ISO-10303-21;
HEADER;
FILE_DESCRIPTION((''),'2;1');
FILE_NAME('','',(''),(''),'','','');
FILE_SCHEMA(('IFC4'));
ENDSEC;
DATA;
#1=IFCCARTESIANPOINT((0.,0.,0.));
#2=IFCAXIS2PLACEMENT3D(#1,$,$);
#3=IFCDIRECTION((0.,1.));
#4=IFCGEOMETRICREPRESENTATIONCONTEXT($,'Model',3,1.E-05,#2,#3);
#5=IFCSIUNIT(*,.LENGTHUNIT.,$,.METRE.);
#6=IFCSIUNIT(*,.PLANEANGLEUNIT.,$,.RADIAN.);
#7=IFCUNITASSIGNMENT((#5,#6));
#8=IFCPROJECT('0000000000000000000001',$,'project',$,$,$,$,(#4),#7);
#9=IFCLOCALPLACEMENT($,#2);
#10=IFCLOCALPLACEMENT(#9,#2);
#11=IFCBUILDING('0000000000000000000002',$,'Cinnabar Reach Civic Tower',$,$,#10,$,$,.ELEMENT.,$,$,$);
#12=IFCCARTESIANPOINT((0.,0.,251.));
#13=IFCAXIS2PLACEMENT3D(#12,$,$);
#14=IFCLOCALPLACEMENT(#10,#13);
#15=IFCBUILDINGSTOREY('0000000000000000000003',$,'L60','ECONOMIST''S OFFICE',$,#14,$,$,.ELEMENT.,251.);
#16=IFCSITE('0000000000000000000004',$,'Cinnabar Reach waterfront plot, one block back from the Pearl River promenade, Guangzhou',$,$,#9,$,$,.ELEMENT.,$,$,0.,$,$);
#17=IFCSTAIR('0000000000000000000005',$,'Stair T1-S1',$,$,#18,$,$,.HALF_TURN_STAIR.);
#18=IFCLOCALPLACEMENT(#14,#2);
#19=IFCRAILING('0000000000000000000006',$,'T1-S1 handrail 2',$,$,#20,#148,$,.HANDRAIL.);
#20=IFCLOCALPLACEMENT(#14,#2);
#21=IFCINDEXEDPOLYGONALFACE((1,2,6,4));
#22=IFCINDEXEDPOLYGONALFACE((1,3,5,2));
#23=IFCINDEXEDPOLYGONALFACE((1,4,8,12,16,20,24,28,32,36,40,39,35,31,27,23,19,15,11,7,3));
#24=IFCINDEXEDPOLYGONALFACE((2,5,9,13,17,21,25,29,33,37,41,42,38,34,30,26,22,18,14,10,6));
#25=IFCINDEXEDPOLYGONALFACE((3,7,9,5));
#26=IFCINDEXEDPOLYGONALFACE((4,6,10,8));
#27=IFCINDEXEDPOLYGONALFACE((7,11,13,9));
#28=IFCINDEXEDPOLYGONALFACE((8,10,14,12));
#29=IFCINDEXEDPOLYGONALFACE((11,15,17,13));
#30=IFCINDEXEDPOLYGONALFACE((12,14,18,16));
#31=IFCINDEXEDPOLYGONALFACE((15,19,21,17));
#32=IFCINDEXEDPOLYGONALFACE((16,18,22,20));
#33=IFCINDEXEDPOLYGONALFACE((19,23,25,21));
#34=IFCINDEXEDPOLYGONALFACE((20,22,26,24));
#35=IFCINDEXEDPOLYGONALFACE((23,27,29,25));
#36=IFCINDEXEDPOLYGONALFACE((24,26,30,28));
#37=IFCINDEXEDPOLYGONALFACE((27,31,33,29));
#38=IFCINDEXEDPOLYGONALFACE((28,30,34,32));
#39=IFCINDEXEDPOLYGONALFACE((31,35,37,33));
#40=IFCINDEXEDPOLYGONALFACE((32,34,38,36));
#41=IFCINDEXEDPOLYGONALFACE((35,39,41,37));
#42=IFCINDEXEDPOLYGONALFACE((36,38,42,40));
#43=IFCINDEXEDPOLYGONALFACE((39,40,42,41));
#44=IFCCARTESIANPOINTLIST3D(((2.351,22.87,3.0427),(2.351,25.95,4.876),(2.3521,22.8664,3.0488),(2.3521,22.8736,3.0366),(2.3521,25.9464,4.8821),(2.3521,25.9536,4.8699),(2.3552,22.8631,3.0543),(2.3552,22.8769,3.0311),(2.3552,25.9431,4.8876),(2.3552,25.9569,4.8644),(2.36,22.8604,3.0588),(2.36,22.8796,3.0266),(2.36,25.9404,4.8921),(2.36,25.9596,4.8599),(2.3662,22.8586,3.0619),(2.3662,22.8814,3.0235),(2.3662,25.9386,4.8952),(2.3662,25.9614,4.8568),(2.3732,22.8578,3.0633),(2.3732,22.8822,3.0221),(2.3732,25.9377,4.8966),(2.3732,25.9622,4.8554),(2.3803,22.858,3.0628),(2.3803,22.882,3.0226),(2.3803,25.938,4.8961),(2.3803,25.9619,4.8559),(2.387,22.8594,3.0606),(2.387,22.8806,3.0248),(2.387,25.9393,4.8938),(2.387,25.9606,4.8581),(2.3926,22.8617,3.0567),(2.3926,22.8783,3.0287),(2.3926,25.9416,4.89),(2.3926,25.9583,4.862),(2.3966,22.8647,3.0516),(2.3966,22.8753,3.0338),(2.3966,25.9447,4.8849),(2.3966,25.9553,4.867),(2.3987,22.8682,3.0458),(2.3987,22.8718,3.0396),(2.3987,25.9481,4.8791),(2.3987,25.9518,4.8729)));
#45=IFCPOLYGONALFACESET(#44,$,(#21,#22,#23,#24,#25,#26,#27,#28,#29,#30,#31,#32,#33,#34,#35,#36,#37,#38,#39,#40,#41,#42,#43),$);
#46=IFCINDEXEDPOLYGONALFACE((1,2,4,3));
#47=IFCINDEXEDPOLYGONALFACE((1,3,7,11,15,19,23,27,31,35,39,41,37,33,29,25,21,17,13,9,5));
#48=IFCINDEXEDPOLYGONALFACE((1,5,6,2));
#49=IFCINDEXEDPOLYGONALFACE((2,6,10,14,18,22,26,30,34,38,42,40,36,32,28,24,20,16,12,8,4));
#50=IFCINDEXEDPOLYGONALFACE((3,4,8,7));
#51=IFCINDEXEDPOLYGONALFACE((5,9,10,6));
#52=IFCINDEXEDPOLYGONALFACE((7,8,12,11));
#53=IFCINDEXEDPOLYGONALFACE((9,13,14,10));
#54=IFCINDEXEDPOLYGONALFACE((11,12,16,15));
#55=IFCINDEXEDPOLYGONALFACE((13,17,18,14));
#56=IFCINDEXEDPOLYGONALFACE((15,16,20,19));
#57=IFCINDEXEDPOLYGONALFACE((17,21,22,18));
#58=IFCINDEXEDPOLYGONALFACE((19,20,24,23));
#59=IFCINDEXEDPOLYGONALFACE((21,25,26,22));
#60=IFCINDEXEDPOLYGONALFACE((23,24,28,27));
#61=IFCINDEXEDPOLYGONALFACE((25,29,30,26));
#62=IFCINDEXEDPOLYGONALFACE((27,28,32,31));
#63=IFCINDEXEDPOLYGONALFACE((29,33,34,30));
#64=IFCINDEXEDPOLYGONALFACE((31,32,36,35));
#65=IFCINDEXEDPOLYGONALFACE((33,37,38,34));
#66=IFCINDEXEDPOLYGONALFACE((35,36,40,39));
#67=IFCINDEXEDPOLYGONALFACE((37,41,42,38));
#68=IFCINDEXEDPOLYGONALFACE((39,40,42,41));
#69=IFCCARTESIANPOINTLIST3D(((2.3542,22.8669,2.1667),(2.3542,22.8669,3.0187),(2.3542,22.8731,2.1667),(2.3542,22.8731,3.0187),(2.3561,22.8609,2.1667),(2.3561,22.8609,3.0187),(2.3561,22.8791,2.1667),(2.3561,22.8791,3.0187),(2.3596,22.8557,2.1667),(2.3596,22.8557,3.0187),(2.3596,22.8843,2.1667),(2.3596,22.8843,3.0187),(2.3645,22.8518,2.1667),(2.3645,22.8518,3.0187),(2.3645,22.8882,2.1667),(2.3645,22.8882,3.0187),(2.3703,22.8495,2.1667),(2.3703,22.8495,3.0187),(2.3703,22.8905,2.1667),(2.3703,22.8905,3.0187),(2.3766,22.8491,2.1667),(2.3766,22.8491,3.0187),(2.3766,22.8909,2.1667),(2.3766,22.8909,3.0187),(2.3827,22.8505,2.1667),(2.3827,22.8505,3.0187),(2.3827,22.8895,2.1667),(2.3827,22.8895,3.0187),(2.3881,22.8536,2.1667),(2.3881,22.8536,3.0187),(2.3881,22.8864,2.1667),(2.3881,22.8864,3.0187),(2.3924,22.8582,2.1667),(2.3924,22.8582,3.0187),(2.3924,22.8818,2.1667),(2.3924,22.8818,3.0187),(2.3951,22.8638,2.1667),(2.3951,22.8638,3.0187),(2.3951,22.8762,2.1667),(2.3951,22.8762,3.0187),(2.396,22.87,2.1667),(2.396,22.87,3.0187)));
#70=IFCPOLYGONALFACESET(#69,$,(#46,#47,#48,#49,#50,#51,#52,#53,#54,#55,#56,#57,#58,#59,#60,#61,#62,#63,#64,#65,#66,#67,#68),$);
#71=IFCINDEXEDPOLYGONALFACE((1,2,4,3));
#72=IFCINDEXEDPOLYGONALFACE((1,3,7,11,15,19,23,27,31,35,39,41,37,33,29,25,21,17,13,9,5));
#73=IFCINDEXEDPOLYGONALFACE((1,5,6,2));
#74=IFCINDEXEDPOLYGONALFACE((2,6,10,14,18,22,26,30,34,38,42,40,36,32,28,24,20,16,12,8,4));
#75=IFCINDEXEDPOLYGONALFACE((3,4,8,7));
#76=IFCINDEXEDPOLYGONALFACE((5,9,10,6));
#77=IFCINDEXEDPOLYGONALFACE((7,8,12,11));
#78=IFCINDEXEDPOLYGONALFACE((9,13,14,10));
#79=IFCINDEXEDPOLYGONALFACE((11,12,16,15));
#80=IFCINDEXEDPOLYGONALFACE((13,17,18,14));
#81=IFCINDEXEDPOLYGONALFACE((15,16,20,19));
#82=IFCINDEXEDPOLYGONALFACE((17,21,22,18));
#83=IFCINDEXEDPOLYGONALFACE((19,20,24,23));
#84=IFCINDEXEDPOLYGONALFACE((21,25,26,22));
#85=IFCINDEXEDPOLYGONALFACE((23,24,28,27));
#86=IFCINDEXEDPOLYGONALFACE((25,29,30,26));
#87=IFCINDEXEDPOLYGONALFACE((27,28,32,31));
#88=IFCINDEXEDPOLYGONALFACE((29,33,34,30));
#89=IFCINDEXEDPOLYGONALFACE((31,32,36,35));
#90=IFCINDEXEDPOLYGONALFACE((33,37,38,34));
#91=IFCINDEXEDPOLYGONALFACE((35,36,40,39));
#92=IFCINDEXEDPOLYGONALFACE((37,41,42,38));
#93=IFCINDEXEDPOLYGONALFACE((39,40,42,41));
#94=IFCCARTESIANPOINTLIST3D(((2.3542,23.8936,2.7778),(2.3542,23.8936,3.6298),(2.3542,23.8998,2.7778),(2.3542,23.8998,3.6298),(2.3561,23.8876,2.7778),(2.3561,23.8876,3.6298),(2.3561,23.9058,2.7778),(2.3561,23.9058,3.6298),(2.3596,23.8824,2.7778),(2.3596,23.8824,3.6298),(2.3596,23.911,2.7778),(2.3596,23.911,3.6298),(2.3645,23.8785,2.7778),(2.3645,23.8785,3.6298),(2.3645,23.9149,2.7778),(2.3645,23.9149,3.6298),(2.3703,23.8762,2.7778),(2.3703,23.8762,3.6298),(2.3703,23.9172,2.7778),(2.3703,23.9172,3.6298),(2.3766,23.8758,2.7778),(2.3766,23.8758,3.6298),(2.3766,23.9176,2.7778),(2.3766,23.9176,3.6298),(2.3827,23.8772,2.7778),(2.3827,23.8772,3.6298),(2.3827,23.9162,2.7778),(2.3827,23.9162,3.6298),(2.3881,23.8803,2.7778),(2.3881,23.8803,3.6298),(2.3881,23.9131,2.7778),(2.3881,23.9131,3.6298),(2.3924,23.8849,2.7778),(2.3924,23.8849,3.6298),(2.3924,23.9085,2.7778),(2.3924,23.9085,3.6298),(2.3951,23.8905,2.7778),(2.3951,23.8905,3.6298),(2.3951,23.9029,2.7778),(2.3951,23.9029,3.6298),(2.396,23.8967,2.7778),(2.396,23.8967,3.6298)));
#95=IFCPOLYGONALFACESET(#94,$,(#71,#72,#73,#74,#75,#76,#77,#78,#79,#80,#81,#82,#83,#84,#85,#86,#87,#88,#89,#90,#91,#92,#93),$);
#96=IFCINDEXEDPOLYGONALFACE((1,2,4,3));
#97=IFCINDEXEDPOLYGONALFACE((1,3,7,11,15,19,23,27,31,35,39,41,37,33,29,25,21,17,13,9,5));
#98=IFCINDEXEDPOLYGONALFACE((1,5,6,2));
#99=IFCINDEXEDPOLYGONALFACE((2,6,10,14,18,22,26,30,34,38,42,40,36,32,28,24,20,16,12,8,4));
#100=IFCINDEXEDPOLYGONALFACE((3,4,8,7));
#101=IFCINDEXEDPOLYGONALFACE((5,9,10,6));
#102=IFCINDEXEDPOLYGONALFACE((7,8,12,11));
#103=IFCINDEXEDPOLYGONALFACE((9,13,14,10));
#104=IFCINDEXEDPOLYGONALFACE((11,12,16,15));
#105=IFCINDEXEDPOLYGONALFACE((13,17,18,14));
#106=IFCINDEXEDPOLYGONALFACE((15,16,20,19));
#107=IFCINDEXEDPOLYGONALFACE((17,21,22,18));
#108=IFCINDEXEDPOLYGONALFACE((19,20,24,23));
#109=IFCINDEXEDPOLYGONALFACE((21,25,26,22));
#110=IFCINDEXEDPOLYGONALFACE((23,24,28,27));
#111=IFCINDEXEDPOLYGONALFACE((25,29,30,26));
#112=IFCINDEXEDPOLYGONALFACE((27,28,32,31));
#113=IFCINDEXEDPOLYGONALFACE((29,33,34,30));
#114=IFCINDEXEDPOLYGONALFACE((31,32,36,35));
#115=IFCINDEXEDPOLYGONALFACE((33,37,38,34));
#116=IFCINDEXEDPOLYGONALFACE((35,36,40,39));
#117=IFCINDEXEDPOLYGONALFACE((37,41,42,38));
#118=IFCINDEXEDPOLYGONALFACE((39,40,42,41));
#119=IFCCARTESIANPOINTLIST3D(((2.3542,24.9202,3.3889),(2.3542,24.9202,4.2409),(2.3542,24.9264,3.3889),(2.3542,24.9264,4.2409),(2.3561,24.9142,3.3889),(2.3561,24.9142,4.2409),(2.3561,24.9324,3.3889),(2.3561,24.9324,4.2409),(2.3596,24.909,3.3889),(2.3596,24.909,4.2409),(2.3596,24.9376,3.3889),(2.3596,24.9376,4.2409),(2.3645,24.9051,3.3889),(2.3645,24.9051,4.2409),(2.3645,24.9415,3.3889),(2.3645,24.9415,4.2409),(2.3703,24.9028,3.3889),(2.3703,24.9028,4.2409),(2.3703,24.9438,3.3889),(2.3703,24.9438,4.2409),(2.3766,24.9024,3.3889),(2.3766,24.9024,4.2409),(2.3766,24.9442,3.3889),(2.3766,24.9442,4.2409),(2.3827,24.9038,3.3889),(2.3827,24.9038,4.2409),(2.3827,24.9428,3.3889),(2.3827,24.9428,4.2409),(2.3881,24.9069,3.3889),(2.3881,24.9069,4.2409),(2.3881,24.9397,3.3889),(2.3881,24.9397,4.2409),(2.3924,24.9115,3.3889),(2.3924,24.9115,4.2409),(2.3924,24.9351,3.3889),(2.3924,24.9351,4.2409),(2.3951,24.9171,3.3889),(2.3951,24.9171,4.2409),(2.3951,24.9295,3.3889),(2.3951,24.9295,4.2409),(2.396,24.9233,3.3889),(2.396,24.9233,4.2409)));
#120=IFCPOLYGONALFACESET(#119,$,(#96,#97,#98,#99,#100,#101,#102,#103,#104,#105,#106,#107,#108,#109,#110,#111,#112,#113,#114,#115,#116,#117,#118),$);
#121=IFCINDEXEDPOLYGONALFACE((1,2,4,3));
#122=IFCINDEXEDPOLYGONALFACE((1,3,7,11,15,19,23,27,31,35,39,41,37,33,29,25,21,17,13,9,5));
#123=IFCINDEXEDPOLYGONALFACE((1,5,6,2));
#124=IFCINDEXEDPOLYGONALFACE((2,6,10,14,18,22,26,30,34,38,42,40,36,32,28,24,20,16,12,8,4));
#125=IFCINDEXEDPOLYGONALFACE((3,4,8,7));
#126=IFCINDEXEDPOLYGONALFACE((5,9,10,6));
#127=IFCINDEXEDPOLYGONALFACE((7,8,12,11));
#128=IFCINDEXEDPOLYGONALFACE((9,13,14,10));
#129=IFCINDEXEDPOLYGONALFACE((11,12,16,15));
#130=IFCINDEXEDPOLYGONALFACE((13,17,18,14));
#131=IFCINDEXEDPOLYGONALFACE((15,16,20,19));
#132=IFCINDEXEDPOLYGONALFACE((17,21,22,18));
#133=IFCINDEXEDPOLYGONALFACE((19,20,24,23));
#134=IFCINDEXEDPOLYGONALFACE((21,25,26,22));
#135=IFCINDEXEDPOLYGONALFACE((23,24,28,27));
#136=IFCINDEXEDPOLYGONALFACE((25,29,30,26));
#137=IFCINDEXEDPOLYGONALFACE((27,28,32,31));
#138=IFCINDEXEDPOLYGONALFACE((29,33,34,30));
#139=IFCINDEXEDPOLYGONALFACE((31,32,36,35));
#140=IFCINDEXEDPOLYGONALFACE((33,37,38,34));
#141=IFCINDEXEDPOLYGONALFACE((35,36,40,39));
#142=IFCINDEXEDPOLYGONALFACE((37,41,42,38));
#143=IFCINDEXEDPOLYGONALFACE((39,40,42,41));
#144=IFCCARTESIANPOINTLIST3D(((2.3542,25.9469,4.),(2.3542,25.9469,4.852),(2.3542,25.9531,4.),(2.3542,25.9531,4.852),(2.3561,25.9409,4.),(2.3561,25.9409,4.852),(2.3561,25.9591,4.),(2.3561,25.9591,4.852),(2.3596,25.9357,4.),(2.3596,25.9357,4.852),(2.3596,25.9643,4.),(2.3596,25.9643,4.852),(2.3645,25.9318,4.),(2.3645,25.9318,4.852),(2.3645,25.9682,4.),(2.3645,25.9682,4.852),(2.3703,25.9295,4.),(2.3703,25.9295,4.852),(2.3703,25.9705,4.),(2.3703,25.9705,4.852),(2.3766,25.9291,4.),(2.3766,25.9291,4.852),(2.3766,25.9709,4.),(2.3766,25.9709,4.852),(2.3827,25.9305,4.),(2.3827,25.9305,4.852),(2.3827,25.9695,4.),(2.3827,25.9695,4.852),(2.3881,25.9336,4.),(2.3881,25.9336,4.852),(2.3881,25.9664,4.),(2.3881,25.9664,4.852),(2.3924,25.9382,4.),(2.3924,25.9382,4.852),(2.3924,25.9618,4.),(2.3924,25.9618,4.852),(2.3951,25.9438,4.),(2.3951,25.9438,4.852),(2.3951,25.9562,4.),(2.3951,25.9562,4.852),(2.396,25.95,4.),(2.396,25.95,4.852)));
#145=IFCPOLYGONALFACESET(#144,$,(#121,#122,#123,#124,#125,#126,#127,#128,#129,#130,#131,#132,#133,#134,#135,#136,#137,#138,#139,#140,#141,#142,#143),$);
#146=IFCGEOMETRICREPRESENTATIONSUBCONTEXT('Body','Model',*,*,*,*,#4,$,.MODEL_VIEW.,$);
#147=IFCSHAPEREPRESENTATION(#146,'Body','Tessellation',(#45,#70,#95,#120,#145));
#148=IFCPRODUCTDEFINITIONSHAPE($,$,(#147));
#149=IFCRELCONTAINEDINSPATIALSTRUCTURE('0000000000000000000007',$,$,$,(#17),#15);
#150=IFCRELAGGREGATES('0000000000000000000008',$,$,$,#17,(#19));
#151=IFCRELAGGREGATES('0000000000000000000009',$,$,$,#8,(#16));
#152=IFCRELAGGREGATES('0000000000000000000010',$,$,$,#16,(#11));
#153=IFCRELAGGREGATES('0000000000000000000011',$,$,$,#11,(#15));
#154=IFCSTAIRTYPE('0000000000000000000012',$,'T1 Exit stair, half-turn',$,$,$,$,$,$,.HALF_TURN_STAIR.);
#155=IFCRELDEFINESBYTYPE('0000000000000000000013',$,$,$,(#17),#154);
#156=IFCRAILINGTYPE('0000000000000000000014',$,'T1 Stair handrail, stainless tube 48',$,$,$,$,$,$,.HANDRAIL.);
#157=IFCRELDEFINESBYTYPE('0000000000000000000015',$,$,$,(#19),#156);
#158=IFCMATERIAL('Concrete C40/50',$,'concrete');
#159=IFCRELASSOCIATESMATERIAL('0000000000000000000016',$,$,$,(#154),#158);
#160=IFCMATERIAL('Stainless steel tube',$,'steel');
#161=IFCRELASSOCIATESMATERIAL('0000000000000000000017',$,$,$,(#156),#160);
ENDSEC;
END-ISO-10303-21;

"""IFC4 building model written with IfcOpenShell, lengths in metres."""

from ifc_helpers import new_model, si_unit, direction, frame, origin, origin_2d, place, context, subcontext, project, spatial, circle, extrude, material, type_object, element, aggregate, save


model = new_model("IFC4")

# Units and contexts
model_context = context("Model", 3, precision=1e-05, world=origin(), true_north=direction((0.0, 1.0)))
body_context = subcontext(model_context, "Body", "Model", "MODEL_VIEW")
ifc_project = project(units=[si_unit("LENGTHUNIT", "METRE"), si_unit("PLANEANGLEUNIT", "RADIAN")], contexts=[model_context])

# Site, building, storey
site_placement = place(None, origin())
site = spatial("IfcSite", under=ifc_project, at=site_placement, Name="Cinnabar Reach waterfront plot, one block back from the Pearl River promenade, Guangzhou", CompositionType="ELEMENT", RefElevation=0.0)
building_placement = place(site_placement, origin())
building = spatial("IfcBuilding", under=site, at=building_placement, Name="Cinnabar Reach Civic Tower", CompositionType="ELEMENT")
storey_placement = place(building_placement, frame((0.0, 0.0, 251.0)))
storey = spatial("IfcBuildingStorey", under=building, at=storey_placement, Name="L60", Description="ECONOMIST'S OFFICE", CompositionType="ELEMENT", Elevation=251.0)

# Shared definitions
ifc_material_1 = material(Name="Concrete C40/50", Category="concrete")

# Stair, railing
stair_type = type_object("IfcStairType", Name="T1 Exit stair, half-turn", PredefinedType="HALF_TURN_STAIR", material=ifc_material_1)
stair_placement = place(storey_placement, origin())
stair = element("IfcStair", 1, at=stair_placement, inside=storey, type_object=stair_type, Name="Stair T1-S1", PredefinedType="HALF_TURN_STAIR")
ifc_material_2 = material(Name="Stainless steel tube", Category="steel")
railing_type = type_object("IfcRailingType", Name="T1 Stair handrail, stainless tube 48", PredefinedType="HANDRAIL", material=ifc_material_2)
railing_1_placement = place(storey_placement, frame((2.375, 22.87, 2.1667)))
railing_1 = element("IfcRailing", 2, at=railing_1_placement, type_object=railing_type, Name="T1-S1 handrail 2", PredefinedType="HANDRAIL", context=body_context, shape_type="SweptSolid", body=[
    extrude(circle(Radius=0.024, at=origin_2d()), frame((0.0, 0.0, 0.876), z_axis=(0.0, 0.859297, 0.511477), x_axis=(-1.0, 0.0, 0.0)), (0.0, 0.0, 1.0), 3.5843),
    extrude(circle(Radius=0.021, at=origin_2d()), origin(), (0.0, 0.0, 1.0), 0.852),
    extrude(circle(Radius=0.021, at=origin_2d()), frame((0.0, 1.0267, 0.6111)), (0.0, 0.0, 1.0), 0.852),
    extrude(circle(Radius=0.021, at=origin_2d()), frame((0.0, 2.0533, 1.2222)), (0.0, 0.0, 1.0), 0.852),
    extrude(circle(Radius=0.021, at=origin_2d()), frame((0.0, 3.08, 1.8333)), (0.0, 0.0, 1.0), 0.852),
])
aggregate(stair, [railing_1])

save(model, "model.ifc")
